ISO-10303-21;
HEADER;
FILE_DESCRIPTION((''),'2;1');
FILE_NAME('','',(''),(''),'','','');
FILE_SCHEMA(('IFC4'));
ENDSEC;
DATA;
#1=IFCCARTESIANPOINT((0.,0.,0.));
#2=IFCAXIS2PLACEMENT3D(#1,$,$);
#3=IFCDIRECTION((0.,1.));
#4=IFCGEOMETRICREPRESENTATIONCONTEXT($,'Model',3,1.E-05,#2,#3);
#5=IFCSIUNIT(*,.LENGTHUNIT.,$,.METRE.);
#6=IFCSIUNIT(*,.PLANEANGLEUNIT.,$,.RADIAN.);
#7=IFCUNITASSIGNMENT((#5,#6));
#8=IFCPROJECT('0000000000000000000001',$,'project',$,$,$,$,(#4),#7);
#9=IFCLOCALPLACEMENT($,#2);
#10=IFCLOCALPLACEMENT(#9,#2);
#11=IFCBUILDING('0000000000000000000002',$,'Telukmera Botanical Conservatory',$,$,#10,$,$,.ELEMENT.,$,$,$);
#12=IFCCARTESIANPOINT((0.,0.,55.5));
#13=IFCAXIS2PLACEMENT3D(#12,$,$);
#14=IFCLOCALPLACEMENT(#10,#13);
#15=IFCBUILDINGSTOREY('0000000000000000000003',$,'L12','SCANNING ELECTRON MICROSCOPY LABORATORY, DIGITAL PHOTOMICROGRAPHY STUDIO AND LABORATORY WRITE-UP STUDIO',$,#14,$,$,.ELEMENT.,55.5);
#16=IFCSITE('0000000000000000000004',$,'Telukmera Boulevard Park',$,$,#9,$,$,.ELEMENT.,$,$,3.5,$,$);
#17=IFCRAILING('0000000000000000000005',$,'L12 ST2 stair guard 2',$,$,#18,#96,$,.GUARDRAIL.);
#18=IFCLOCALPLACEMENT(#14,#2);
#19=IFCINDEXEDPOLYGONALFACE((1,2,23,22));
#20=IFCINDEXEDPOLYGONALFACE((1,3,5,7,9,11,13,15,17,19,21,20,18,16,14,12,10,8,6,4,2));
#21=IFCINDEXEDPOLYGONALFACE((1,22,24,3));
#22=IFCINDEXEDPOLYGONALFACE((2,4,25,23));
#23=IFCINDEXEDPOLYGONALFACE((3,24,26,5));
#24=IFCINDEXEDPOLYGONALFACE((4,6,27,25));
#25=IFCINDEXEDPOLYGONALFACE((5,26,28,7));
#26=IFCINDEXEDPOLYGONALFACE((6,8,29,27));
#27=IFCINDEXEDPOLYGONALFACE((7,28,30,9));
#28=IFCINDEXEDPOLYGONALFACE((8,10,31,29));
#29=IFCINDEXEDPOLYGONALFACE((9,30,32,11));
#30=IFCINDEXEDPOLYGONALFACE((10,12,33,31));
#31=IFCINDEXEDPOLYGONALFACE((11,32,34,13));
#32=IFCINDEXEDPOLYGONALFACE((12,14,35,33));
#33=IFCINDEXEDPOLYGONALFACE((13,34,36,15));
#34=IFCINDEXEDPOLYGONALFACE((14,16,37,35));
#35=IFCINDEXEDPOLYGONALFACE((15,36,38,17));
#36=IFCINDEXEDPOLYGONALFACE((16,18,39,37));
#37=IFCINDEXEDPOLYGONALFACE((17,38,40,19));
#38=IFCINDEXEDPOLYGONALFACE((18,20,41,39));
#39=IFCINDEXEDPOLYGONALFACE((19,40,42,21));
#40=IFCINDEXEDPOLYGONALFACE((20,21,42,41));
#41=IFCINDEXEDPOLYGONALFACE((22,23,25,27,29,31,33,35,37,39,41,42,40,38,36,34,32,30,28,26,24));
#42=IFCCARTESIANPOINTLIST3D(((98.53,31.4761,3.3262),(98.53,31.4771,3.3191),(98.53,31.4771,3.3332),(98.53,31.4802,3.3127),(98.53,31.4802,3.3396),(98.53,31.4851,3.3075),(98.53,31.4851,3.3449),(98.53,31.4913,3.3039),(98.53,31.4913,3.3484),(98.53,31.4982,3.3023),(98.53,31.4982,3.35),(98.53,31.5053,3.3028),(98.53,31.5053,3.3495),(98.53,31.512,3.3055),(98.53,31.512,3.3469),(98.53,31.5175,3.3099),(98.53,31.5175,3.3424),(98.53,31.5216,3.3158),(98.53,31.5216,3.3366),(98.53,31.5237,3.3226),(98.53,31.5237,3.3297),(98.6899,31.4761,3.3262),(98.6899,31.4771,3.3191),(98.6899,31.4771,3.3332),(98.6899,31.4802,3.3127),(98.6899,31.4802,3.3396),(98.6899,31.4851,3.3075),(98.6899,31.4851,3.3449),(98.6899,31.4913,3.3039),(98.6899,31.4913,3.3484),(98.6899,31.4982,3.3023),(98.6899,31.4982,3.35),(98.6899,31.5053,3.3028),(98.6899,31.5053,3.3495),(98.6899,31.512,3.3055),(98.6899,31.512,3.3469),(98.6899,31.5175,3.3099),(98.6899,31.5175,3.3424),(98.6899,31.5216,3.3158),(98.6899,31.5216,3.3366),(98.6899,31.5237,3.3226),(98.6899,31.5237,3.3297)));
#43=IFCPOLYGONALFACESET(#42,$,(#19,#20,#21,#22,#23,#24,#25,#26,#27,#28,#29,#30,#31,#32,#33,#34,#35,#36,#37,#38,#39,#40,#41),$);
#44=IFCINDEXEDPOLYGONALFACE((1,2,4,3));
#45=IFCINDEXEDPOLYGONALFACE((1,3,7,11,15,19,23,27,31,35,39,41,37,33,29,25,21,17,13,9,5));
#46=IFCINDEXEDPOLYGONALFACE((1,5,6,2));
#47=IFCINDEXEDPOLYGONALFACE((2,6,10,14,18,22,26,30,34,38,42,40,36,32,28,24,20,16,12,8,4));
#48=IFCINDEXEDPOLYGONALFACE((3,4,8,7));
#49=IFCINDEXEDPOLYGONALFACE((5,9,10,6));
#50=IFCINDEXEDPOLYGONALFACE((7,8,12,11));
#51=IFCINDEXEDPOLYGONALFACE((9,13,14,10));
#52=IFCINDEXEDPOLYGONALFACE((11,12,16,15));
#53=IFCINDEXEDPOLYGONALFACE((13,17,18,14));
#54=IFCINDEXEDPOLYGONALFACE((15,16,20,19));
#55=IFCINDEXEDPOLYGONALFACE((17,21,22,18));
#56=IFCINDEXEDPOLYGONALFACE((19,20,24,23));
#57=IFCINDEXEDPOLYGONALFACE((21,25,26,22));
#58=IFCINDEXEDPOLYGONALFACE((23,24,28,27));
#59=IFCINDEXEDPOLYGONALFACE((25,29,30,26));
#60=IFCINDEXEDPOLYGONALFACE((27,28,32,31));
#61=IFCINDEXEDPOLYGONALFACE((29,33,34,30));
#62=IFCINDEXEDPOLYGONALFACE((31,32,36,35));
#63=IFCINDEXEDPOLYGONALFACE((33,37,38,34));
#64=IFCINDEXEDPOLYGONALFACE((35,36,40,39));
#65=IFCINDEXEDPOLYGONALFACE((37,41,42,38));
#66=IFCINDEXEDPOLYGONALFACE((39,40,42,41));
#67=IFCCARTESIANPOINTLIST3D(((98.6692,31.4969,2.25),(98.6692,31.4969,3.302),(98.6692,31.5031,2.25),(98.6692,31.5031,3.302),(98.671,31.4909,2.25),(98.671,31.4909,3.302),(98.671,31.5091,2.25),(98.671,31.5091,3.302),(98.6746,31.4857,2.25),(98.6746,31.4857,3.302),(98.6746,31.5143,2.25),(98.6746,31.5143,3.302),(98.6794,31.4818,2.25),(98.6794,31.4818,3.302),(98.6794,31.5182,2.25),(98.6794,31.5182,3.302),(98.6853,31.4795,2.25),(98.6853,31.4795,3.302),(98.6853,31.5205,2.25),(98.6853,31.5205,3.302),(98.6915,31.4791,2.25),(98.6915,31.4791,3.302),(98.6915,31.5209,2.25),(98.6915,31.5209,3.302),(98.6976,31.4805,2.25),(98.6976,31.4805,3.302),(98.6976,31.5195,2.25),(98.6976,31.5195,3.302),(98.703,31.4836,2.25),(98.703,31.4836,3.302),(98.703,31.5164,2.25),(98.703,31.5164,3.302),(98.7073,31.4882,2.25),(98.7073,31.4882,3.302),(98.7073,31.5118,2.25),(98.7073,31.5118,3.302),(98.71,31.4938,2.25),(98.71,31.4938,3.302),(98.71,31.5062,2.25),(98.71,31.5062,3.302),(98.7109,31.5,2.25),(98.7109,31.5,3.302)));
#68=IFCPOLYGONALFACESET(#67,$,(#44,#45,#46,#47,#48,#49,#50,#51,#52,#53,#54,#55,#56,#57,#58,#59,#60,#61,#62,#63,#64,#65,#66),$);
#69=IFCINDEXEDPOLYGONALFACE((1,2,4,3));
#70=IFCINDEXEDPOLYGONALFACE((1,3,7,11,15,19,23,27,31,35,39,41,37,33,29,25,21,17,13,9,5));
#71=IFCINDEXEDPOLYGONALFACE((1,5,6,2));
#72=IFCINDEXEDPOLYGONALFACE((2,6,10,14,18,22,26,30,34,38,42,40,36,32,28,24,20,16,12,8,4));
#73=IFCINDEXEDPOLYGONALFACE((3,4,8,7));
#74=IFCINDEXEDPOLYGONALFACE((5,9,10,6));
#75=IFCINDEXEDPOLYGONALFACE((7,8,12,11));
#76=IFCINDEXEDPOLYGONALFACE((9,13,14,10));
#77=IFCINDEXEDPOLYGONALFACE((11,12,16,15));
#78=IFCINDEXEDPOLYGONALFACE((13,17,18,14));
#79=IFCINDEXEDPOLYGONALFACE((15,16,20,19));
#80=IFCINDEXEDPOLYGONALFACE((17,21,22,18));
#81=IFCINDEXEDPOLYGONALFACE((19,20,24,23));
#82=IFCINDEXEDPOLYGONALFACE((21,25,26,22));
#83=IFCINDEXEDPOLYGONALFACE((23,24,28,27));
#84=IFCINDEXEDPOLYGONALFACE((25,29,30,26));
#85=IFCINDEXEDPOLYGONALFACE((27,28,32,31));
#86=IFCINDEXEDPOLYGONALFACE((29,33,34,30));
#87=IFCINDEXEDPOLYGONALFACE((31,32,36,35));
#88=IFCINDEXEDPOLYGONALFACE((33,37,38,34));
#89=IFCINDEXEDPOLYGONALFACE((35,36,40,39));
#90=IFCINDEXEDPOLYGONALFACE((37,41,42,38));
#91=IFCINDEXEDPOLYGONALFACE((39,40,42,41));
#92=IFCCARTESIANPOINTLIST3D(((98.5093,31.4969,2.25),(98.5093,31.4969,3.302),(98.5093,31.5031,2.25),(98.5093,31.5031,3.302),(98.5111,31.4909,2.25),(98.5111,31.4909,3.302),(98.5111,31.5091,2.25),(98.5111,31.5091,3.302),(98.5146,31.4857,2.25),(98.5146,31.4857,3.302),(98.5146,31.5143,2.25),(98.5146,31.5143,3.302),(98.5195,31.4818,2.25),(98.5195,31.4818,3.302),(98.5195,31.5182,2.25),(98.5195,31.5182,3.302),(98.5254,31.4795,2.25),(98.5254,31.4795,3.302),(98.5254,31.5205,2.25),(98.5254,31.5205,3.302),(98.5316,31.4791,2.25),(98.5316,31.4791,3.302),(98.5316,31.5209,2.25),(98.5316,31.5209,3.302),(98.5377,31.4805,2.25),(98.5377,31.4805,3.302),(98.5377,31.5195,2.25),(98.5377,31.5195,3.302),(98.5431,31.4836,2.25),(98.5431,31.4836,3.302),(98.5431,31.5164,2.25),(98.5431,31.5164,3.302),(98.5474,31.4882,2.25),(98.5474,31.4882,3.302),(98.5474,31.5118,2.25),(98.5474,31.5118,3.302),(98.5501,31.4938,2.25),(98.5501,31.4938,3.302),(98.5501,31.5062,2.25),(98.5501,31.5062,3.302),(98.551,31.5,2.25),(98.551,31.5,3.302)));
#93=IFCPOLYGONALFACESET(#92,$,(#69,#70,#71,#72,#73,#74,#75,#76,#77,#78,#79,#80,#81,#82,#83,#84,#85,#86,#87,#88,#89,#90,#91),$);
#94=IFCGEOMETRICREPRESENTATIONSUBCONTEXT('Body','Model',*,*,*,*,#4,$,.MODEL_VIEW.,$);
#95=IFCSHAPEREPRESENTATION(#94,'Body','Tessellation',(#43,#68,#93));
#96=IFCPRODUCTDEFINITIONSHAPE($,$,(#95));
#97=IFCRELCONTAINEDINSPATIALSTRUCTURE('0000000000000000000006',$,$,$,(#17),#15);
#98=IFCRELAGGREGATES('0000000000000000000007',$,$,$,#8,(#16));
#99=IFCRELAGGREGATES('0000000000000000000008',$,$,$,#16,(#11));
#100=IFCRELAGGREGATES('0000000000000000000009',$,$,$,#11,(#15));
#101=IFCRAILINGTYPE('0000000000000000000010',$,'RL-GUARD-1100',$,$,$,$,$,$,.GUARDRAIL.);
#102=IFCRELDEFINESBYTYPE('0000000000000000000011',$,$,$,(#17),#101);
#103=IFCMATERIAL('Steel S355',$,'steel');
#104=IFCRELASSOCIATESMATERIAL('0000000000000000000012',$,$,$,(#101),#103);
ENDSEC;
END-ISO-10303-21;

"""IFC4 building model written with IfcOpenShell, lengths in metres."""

from ifc_helpers import new_model, si_unit, direction, frame, origin, origin_2d, place, context, subcontext, project, spatial, circle, extrude, material, type_object, element, save


model = new_model("IFC4")

# Units and contexts
model_context = context("Model", 3, precision=1e-05, world=origin(), true_north=direction((0.0, 1.0)))
body_context = subcontext(model_context, "Body", "Model", "MODEL_VIEW")
ifc_project = project(units=[si_unit("LENGTHUNIT", "METRE"), si_unit("PLANEANGLEUNIT", "RADIAN")], contexts=[model_context])

# Site, building, storey
site_placement = place(None, origin())
site = spatial("IfcSite", under=ifc_project, at=site_placement, Name="Telukmera Boulevard Park", CompositionType="ELEMENT", RefElevation=3.5)
building_placement = place(site_placement, origin())
building = spatial("IfcBuilding", under=site, at=building_placement, Name="Telukmera Botanical Conservatory", CompositionType="ELEMENT")
storey_placement = place(building_placement, frame((0.0, 0.0, 55.5)))
storey = spatial("IfcBuildingStorey", under=building, at=storey_placement, Name="L12", Description="SCANNING ELECTRON MICROSCOPY LABORATORY, DIGITAL PHOTOMICROGRAPHY STUDIO AND LABORATORY WRITE-UP STUDIO", CompositionType="ELEMENT", Elevation=55.5)

# Railing
ifc_material_1 = material(Name="Steel S355", Category="steel")
railing_type_1 = type_object("IfcRailingType", Name="RL-GUARD-1100", PredefinedType="GUARDRAIL", material=ifc_material_1)
railing_1_placement = place(storey_placement, frame((98.6899, 31.5, 2.25)))
element("IfcRailing", 1, at=railing_1_placement, inside=storey, type_object=railing_type_1, Name="L12 ST2 stair guard 2", PredefinedType="GUARDRAIL", context=body_context, shape_type="SweptSolid", body=[
    extrude(circle(Radius=0.0239, at=origin_2d()), frame((0.0, 0.0, 1.0762), z_axis=(-1.0, 0.0, 0.0), x_axis=(0.0, -1.0, 0.0)), (0.0, 0.0, 1.0), 0.1599),
    extrude(circle(Radius=0.021, at=origin_2d()), origin(), (0.0, 0.0, 1.0), 1.052),
    extrude(circle(Radius=0.021, at=origin_2d()), frame((-0.1599, 0.0, 0.0)), (0.0, 0.0, 1.0), 1.052),
])

save(model, "model.ifc")
